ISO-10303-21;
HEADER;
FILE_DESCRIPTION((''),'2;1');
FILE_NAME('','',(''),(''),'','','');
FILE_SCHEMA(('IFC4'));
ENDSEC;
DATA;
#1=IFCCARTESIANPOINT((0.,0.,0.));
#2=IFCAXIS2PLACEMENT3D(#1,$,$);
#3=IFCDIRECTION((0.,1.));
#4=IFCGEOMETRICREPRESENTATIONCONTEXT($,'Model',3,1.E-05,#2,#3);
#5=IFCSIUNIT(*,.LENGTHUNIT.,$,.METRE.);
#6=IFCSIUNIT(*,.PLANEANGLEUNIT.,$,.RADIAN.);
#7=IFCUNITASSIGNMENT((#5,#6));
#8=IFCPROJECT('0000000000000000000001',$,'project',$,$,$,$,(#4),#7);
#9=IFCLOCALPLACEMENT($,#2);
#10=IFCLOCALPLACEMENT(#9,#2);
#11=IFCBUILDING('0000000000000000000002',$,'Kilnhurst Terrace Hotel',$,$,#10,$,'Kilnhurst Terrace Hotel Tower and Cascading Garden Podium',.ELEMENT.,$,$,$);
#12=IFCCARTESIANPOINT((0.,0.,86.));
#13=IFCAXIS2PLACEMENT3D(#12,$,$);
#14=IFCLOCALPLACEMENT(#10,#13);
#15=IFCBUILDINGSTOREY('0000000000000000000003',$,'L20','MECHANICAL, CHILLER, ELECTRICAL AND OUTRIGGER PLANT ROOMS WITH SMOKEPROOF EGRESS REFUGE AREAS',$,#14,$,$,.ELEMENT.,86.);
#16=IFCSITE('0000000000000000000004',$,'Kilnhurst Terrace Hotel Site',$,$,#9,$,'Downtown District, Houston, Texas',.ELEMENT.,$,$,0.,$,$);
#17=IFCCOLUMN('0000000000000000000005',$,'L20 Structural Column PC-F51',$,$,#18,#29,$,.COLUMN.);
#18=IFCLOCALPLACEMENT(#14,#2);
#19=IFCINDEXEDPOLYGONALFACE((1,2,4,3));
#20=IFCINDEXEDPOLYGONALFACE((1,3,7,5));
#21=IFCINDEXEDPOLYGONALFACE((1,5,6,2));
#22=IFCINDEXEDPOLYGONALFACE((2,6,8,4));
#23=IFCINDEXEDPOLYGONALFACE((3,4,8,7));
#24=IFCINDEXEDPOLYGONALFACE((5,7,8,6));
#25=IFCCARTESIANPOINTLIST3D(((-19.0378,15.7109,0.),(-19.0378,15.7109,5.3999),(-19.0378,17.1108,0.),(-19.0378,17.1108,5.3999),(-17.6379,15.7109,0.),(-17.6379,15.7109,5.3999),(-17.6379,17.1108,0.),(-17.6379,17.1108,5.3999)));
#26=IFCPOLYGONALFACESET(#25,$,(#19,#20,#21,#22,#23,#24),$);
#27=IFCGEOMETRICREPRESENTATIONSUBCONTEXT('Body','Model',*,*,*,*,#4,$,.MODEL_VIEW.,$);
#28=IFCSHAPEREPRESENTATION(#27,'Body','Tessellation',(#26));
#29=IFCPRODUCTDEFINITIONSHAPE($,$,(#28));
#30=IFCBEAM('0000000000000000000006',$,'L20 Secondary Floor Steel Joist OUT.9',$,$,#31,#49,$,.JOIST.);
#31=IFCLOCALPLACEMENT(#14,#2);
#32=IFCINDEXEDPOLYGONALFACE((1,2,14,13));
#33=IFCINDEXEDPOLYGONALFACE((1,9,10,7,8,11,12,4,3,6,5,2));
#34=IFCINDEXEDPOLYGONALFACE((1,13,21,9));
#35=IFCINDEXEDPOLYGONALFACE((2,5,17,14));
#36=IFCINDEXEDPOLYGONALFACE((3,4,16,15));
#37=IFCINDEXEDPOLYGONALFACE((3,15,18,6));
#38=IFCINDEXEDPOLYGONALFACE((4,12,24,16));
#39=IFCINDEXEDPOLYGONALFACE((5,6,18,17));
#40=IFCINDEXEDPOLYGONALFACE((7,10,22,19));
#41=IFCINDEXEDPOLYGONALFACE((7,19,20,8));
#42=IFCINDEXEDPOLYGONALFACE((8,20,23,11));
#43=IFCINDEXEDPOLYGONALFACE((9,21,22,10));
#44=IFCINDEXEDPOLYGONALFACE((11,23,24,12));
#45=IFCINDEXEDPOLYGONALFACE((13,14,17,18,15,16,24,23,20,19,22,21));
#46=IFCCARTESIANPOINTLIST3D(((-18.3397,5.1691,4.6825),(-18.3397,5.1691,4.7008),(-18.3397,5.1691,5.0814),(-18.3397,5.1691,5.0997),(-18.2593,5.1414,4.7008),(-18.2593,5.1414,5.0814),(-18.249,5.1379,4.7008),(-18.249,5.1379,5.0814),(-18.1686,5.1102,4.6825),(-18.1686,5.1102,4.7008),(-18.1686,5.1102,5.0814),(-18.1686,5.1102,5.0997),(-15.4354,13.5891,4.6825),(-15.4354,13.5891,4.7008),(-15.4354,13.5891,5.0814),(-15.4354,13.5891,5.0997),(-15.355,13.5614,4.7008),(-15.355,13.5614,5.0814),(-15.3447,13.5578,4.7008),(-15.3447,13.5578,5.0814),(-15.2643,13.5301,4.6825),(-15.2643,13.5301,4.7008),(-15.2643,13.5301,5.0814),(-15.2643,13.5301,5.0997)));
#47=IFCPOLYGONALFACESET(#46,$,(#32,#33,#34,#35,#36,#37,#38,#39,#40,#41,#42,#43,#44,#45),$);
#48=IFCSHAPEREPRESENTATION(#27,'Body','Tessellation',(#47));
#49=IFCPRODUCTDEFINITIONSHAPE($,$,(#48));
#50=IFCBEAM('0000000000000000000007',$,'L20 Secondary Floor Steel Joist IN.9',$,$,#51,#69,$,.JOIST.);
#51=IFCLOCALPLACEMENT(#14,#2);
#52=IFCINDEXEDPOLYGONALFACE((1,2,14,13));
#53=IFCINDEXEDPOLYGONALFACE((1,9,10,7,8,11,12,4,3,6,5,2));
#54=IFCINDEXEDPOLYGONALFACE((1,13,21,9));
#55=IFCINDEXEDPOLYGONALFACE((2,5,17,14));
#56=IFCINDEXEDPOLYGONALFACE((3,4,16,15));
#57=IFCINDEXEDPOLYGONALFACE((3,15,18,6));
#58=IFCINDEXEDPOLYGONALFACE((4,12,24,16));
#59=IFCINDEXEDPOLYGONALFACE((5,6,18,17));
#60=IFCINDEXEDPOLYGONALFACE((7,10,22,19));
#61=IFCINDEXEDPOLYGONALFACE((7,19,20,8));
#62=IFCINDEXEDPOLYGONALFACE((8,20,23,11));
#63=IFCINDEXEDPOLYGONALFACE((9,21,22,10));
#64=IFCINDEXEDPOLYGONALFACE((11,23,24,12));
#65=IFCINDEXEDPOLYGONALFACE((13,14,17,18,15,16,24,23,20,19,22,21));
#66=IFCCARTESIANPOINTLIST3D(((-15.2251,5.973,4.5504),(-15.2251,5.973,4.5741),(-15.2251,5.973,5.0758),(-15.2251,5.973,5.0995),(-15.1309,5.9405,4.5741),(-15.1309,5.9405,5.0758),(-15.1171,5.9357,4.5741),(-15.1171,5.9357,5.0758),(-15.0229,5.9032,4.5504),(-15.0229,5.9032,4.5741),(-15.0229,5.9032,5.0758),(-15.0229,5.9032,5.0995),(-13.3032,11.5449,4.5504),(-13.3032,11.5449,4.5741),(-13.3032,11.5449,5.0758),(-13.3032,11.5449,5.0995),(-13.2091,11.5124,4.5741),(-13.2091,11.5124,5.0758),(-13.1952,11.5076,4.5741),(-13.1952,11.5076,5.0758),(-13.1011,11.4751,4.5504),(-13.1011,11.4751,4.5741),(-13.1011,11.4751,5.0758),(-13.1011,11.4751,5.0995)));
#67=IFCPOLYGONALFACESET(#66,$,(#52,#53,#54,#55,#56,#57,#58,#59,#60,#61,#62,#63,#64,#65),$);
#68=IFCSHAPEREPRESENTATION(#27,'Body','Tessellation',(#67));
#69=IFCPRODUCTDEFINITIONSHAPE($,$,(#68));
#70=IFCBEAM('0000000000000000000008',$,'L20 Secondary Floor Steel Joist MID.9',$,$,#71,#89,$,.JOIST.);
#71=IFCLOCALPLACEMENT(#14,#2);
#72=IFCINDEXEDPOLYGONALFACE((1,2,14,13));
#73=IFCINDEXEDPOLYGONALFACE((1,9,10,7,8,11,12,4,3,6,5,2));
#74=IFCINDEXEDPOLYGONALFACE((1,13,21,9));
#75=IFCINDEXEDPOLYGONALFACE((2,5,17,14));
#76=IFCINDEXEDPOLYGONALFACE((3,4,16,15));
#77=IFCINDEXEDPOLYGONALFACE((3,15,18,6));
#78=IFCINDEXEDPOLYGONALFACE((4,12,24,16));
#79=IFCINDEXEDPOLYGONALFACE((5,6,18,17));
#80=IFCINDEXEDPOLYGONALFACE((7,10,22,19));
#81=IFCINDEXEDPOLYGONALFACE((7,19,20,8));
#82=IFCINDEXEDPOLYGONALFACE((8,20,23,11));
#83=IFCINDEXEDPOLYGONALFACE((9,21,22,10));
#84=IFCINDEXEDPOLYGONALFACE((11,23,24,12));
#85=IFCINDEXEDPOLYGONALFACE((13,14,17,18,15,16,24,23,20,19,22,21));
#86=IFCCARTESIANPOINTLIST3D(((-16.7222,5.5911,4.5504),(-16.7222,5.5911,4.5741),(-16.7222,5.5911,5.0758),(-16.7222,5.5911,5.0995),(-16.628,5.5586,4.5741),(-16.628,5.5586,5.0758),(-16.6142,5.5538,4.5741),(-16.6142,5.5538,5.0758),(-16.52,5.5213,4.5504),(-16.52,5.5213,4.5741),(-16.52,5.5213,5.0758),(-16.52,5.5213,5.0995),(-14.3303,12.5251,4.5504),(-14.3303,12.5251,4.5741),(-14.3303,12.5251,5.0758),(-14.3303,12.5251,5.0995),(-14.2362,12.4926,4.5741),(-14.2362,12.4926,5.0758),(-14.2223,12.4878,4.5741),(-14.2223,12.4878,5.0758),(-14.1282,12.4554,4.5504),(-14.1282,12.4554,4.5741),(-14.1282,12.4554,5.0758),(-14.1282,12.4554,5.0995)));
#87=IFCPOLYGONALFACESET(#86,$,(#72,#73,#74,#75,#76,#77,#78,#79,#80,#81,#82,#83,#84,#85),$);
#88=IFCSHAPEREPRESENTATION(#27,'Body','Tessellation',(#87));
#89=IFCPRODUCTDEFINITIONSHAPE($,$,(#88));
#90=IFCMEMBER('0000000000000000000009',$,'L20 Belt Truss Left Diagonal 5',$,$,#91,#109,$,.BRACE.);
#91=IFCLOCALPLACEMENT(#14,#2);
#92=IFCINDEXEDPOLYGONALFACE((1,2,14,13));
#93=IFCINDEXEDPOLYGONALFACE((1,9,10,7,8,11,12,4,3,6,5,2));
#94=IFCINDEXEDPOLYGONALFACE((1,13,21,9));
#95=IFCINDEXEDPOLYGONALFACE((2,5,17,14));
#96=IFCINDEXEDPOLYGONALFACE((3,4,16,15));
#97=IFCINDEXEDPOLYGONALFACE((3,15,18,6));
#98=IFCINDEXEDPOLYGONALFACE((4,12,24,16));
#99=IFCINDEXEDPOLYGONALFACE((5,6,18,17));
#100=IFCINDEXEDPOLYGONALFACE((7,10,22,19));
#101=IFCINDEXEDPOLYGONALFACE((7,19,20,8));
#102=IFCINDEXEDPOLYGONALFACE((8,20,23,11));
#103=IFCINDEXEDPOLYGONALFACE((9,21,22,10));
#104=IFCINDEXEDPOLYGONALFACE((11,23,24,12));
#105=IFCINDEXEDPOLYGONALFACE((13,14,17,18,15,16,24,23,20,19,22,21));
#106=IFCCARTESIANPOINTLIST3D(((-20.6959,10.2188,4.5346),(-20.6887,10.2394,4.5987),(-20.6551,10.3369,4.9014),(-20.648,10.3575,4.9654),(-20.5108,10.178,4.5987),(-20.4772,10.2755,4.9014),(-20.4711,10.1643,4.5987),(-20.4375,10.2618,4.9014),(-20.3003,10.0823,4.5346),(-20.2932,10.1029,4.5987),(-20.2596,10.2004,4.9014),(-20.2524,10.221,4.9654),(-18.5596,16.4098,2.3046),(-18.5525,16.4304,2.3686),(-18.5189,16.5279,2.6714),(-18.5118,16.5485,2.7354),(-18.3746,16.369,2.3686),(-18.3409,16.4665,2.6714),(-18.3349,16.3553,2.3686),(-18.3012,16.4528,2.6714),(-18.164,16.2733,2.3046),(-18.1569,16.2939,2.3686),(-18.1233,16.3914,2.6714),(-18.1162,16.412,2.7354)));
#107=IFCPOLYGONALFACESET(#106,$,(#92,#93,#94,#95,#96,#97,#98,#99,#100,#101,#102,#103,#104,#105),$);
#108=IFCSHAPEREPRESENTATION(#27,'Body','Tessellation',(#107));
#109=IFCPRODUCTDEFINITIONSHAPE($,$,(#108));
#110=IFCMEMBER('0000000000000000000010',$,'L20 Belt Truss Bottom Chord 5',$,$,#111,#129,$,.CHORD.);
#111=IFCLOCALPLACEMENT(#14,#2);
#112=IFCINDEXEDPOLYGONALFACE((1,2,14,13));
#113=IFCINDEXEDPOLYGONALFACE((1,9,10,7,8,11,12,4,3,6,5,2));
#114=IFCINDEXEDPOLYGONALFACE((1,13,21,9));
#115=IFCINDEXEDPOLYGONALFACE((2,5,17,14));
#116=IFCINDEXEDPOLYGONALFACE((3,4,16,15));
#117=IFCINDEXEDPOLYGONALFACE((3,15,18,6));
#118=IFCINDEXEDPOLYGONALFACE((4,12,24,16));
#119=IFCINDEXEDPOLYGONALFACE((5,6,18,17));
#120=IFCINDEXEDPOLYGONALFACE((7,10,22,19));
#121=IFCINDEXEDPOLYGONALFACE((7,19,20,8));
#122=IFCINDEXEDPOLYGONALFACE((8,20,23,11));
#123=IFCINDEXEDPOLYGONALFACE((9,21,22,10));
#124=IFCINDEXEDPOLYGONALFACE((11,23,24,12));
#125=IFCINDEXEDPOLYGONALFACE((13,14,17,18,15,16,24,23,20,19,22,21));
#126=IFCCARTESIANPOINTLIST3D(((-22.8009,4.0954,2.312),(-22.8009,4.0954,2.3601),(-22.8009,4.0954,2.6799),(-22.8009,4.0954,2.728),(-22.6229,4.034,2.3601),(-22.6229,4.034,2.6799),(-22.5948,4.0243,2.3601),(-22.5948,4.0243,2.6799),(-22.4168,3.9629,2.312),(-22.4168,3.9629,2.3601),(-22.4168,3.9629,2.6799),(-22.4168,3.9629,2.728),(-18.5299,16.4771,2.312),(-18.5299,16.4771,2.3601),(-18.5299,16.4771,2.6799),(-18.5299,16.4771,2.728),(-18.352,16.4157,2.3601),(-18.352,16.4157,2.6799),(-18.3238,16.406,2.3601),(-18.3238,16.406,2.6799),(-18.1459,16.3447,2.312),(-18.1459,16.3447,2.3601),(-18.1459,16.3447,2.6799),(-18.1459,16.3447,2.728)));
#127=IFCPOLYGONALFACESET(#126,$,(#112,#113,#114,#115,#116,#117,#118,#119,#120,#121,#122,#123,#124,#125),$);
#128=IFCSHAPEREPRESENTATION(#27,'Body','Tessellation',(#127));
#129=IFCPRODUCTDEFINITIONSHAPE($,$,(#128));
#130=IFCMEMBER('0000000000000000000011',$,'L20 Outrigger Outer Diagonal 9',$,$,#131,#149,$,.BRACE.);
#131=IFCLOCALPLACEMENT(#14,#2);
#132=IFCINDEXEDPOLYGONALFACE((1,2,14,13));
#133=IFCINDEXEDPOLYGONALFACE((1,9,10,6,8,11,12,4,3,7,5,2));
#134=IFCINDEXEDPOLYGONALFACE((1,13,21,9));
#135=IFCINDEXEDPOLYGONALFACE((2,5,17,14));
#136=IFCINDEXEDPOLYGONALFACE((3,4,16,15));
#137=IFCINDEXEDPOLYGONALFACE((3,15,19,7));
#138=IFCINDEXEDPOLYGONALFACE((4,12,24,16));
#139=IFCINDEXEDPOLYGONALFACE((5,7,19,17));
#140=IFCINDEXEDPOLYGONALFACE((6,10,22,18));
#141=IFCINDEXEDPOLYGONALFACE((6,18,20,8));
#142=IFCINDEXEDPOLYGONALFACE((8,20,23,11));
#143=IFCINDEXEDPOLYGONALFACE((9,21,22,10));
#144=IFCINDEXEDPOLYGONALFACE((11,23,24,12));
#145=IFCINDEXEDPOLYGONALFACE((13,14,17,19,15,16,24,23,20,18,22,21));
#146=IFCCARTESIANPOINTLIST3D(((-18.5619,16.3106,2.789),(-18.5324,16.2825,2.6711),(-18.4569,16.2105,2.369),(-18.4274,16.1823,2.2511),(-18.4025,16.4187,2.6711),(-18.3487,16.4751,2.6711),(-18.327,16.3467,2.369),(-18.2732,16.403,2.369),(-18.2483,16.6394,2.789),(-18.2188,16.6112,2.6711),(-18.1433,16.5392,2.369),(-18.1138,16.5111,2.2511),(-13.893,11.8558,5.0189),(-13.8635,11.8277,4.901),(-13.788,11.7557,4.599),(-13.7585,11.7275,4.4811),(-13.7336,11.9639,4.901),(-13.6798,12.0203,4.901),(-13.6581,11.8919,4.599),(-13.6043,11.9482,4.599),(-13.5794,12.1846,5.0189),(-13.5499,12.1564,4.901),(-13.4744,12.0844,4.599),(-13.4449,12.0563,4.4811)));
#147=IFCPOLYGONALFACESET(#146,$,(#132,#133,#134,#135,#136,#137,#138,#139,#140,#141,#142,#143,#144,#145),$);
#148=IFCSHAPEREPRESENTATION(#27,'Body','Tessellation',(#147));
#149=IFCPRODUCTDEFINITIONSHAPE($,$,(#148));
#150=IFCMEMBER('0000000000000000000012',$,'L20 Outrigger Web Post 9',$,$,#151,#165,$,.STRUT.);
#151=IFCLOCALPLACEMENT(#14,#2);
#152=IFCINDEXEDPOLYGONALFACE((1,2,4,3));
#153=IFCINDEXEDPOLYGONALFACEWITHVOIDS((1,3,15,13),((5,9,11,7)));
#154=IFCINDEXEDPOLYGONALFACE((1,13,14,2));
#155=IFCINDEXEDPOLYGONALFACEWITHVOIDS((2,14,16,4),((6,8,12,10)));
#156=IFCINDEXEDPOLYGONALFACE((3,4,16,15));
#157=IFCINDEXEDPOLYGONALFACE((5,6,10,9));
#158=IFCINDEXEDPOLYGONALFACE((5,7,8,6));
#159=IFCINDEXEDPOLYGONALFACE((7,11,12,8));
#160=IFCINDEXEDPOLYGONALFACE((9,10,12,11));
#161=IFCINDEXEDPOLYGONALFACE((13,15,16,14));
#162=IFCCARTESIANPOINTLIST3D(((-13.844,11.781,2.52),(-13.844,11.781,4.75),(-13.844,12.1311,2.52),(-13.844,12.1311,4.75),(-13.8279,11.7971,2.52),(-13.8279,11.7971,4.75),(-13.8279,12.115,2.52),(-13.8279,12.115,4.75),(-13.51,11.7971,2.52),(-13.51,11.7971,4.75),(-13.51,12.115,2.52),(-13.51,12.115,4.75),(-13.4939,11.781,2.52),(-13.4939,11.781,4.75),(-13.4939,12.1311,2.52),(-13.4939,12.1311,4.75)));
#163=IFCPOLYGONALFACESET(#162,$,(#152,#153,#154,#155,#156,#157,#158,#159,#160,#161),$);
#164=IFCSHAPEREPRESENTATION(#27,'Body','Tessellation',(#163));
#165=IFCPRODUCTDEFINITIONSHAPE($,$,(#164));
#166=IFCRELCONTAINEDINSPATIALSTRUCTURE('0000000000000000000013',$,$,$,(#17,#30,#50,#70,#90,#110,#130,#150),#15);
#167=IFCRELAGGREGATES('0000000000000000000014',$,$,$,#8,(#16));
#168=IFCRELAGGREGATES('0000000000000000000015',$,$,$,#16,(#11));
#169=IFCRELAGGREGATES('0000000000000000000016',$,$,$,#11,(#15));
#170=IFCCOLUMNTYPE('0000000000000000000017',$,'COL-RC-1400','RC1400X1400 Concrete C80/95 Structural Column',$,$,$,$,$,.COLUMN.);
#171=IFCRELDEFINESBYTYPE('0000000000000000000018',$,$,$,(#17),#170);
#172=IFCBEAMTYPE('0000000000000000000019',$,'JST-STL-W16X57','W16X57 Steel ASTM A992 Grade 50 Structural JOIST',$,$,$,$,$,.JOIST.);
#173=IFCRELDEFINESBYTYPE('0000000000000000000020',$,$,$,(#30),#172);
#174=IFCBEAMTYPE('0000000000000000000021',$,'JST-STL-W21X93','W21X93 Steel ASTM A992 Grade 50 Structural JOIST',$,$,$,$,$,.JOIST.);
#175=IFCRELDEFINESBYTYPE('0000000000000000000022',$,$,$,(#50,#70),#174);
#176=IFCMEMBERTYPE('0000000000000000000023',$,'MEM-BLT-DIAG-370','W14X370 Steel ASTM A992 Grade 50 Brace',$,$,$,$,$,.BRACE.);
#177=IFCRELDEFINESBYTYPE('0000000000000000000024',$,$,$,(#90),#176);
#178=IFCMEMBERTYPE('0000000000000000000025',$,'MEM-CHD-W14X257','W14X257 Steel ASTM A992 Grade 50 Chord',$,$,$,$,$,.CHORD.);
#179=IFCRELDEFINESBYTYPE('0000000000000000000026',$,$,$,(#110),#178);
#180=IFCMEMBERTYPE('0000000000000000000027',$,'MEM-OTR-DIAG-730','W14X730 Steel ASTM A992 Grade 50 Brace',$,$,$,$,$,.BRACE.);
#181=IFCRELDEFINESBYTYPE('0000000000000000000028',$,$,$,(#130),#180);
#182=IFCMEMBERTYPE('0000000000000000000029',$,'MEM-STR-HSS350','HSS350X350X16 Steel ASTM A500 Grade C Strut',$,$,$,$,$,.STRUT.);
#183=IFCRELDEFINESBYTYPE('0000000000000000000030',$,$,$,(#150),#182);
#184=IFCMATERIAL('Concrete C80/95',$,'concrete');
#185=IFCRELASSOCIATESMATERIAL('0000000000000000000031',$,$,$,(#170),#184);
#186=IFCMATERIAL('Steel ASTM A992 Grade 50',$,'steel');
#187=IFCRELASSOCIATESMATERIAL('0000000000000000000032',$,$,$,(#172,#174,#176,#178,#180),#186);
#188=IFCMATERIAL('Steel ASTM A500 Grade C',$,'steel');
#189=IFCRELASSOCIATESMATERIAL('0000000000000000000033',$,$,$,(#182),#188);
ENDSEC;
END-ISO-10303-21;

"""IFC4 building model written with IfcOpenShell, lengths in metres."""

from ifc_helpers import new_model, si_unit, direction, frame, origin, origin_2d, place, context, subcontext, project, spatial, rectangle, hollow_rectangle, i_section, extrude, material, material_profile, profile_set, type_object, element, save


model = new_model("IFC4")

# Units and contexts
model_context = context("Model", 3, precision=1e-05, world=origin(), true_north=direction((0.0, 1.0)))
body_context = subcontext(model_context, "Body", "Model", "MODEL_VIEW")
ifc_project = project(units=[si_unit("LENGTHUNIT", "METRE"), si_unit("PLANEANGLEUNIT", "RADIAN")], contexts=[model_context])

# Site, building, storey
site_placement = place(None, origin())
site = spatial("IfcSite", under=ifc_project, at=site_placement, Name="Kilnhurst Terrace Hotel Site", LongName="Downtown District, Houston, Texas", CompositionType="ELEMENT", RefElevation=0.0)
building_placement = place(site_placement, origin())
building = spatial("IfcBuilding", under=site, at=building_placement, Name="Kilnhurst Terrace Hotel", LongName="Kilnhurst Terrace Hotel Tower and Cascading Garden Podium", CompositionType="ELEMENT")
storey_placement = place(building_placement, frame((0.0, 0.0, 86.0)))
storey = spatial("IfcBuildingStorey", under=building, at=storey_placement, Name="L20", Description="MECHANICAL, CHILLER, ELECTRICAL AND OUTRIGGER PLANT ROOMS WITH SMOKEPROOF EGRESS REFUGE AREAS", CompositionType="ELEMENT", Elevation=86.0)

# Column
ifc_material_1 = material(Name="Concrete C80/95", Category="concrete")
ifc_material_profile_1 = material_profile(ifc_material_1, rectangle(XDim=1.3999, YDim=1.3999, at=origin_2d()), Name="RC1400X1400")
ifc_profile_set_1 = profile_set([ifc_material_profile_1], Name="Concrete C80/95")
column_type = type_object("IfcColumnType", Name="COL-RC-1400", Description="RC1400X1400 Concrete C80/95 Structural Column", PredefinedType="COLUMN", material=ifc_profile_set_1)
column_placement = place(storey_placement, frame((-18.3379, 16.4109, 0.0), z_axis=(0.0, 0.0, 1.0), x_axis=(1.0, 0.0, 0.0)))
element("IfcColumn", 1, at=column_placement, inside=storey, type_object=column_type, Name="L20 Structural Column PC-F51", PredefinedType="COLUMN", context=body_context, shape_type="SweptSolid", body=[
    extrude(rectangle(XDim=1.3999, YDim=1.3999, at=origin_2d()), origin(), (0.0, 0.0, 1.0), 5.3999),
])

# Beams
ifc_material_2 = material(Name="Steel ASTM A992 Grade 50", Category="steel")
ifc_material_profile_2 = material_profile(ifc_material_2, i_section(OverallWidth=0.1809, OverallDepth=0.4172, WebThickness=0.011, FlangeThickness=0.0183, at=origin_2d()), Name="W16X57")
ifc_profile_set_2 = profile_set([ifc_material_profile_2], Name="Steel ASTM A992 Grade 50")
beam_type_1 = type_object("IfcBeamType", Name="JST-STL-W16X57", Description="W16X57 Steel ASTM A992 Grade 50 Structural JOIST", PredefinedType="JOIST", material=ifc_profile_set_2)
beam_1_placement = place(storey_placement, frame((-15.3499, 13.5596, 4.8911), z_axis=(-0.326079, -0.945343, 0.0), x_axis=(0.945343, -0.326079, 0.0)))
element("IfcBeam", 2, at=beam_1_placement, inside=storey, type_object=beam_type_1, Name="L20 Secondary Floor Steel Joist OUT.9", PredefinedType="JOIST", context=body_context, shape_type="SweptSolid", body=[
    extrude(i_section(OverallWidth=0.1809, OverallDepth=0.4172, WebThickness=0.011, FlangeThickness=0.0183, at=origin_2d()), origin(), (0.0, 0.0, 1.0), 8.9067),
])
ifc_material_profile_3 = material_profile(ifc_material_2, i_section(OverallWidth=0.2139, OverallDepth=0.5491, WebThickness=0.0146, FlangeThickness=0.0237, at=origin_2d()), Name="W21X93")
ifc_profile_set_3 = profile_set([ifc_material_profile_3], Name="Steel ASTM A992 Grade 50")
beam_type_2 = type_object("IfcBeamType", Name="JST-STL-W21X93", Description="W21X93 Steel ASTM A992 Grade 50 Structural JOIST", PredefinedType="JOIST", material=ifc_profile_set_3)
beam_2_placement = place(storey_placement, frame((-13.2021, 11.51, 4.825), z_axis=(-0.326065, -0.945347, 0.0), x_axis=(0.945347, -0.326065, 0.0)))
element("IfcBeam", 3, at=beam_2_placement, inside=storey, type_object=beam_type_2, Name="L20 Secondary Floor Steel Joist IN.9", PredefinedType="JOIST", context=body_context, shape_type="SweptSolid", body=[
    extrude(i_section(OverallWidth=0.2139, OverallDepth=0.5491, WebThickness=0.0146, FlangeThickness=0.0237, at=origin_2d()), origin(), (0.0, 0.0, 1.0), 5.894),
])
beam_3_placement = place(storey_placement, frame((-14.2292, 12.4902, 4.825), z_axis=(-0.326086, -0.94534, 0.0), x_axis=(0.94534, -0.326086, 0.0)))
element("IfcBeam", 4, at=beam_3_placement, inside=storey, type_object=beam_type_2, Name="L20 Secondary Floor Steel Joist MID.9", PredefinedType="JOIST", context=body_context, shape_type="SweptSolid", body=[
    extrude(i_section(OverallWidth=0.2139, OverallDepth=0.5491, WebThickness=0.0146, FlangeThickness=0.0237, at=origin_2d()), origin(), (0.0, 0.0, 1.0), 7.335),
])

# Members
ifc_material_profile_4 = material_profile(ifc_material_2, i_section(OverallWidth=0.4185, OverallDepth=0.4551, WebThickness=0.042, FlangeThickness=0.0676, at=origin_2d()), Name="W14X370")
ifc_profile_set_4 = profile_set([ifc_material_profile_4], Name="Steel ASTM A992 Grade 50")
member_type_1 = type_object("IfcMemberType", Name="MEM-BLT-DIAG-370", Description="W14X370 Steel ASTM A992 Grade 50 Brace", PredefinedType="BRACE", material=ifc_profile_set_4)
member_1_placement = place(storey_placement, frame((-18.3379, 16.4109, 2.52), z_axis=(-0.308777, -0.894853, 0.322328), x_axis=(0.945306, -0.326186, 0.0)))
element("IfcMember", 5, at=member_1_placement, inside=storey, type_object=member_type_1, Name="L20 Belt Truss Left Diagonal 5", PredefinedType="BRACE", context=body_context, shape_type="SweptSolid", body=[
    extrude(i_section(OverallWidth=0.4185, OverallDepth=0.4551, WebThickness=0.042, FlangeThickness=0.0676, at=origin_2d()), origin(), (0.0, 0.0, 1.0), 6.9185),
])
ifc_material_profile_5 = material_profile(ifc_material_2, i_section(OverallWidth=0.4062, OverallDepth=0.416, WebThickness=0.0298, FlangeThickness=0.0481, at=origin_2d()), Name="W14X257")
ifc_profile_set_5 = profile_set([ifc_material_profile_5], Name="Steel ASTM A992 Grade 50")
member_type_2 = type_object("IfcMemberType", Name="MEM-CHD-W14X257", Description="W14X257 Steel ASTM A992 Grade 50 Chord", PredefinedType="CHORD", material=ifc_profile_set_5)
member_2_placement = place(storey_placement, frame((-18.3379, 16.4109, 2.52), z_axis=(-0.326086, -0.94534, 0.0), x_axis=(0.94534, -0.326086, 0.0)))
element("IfcMember", 6, at=member_2_placement, inside=storey, type_object=member_type_2, Name="L20 Belt Truss Bottom Chord 5", PredefinedType="CHORD", context=body_context, shape_type="SweptSolid", body=[
    extrude(i_section(OverallWidth=0.4062, OverallDepth=0.416, WebThickness=0.0298, FlangeThickness=0.0481, at=origin_2d()), origin(), (0.0, 0.0, 1.0), 13.0977),
])
ifc_material_profile_6 = material_profile(ifc_material_2, i_section(OverallWidth=0.4543, OverallDepth=0.5691, WebThickness=0.0779, FlangeThickness=0.1248, at=origin_2d()), Name="W14X730")
ifc_profile_set_6 = profile_set([ifc_material_profile_6], Name="Steel ASTM A992 Grade 50")
member_type_3 = type_object("IfcMemberType", Name="MEM-OTR-DIAG-730", Description="W14X730 Steel ASTM A992 Grade 50 Brace", PredefinedType="BRACE", material=ifc_profile_set_6)
member_3_placement = place(storey_placement, frame((-13.6689, 11.9561, 4.75), z_axis=(-0.683825, 0.652465, -0.326608), x_axis=(-0.690323, -0.723502, 0.0)))
element("IfcMember", 7, at=member_3_placement, inside=storey, type_object=member_type_3, Name="L20 Outrigger Outer Diagonal 9", PredefinedType="BRACE", context=body_context, shape_type="SweptSolid", body=[
    extrude(i_section(OverallWidth=0.4543, OverallDepth=0.5691, WebThickness=0.0779, FlangeThickness=0.1248, at=origin_2d()), origin(), (0.0, 0.0, 1.0), 6.8276),
])
ifc_material_3 = material(Name="Steel ASTM A500 Grade C", Category="steel")
ifc_material_profile_7 = material_profile(ifc_material_3, hollow_rectangle(XDim=0.3501, YDim=0.3501, WallThickness=0.0161, at=origin_2d()), Name="HSS350X350X16")
ifc_profile_set_7 = profile_set([ifc_material_profile_7], Name="Steel ASTM A500 Grade C")
member_type_4 = type_object("IfcMemberType", Name="MEM-STR-HSS350", Description="HSS350X350X16 Steel ASTM A500 Grade C Strut", PredefinedType="STRUT", material=ifc_profile_set_7)
member_4_placement = place(storey_placement, frame((-13.6689, 11.9561, 2.52), z_axis=(0.0, 0.0, 1.0), x_axis=(1.0, 0.0, 0.0)))
element("IfcMember", 8, at=member_4_placement, inside=storey, type_object=member_type_4, Name="L20 Outrigger Web Post 9", PredefinedType="STRUT", context=body_context, shape_type="SweptSolid", body=[
    extrude(hollow_rectangle(XDim=0.3501, YDim=0.3501, WallThickness=0.0161, at=origin_2d()), origin(), (0.0, 0.0, 1.0), 2.23),
])

save(model, "model.ifc")
